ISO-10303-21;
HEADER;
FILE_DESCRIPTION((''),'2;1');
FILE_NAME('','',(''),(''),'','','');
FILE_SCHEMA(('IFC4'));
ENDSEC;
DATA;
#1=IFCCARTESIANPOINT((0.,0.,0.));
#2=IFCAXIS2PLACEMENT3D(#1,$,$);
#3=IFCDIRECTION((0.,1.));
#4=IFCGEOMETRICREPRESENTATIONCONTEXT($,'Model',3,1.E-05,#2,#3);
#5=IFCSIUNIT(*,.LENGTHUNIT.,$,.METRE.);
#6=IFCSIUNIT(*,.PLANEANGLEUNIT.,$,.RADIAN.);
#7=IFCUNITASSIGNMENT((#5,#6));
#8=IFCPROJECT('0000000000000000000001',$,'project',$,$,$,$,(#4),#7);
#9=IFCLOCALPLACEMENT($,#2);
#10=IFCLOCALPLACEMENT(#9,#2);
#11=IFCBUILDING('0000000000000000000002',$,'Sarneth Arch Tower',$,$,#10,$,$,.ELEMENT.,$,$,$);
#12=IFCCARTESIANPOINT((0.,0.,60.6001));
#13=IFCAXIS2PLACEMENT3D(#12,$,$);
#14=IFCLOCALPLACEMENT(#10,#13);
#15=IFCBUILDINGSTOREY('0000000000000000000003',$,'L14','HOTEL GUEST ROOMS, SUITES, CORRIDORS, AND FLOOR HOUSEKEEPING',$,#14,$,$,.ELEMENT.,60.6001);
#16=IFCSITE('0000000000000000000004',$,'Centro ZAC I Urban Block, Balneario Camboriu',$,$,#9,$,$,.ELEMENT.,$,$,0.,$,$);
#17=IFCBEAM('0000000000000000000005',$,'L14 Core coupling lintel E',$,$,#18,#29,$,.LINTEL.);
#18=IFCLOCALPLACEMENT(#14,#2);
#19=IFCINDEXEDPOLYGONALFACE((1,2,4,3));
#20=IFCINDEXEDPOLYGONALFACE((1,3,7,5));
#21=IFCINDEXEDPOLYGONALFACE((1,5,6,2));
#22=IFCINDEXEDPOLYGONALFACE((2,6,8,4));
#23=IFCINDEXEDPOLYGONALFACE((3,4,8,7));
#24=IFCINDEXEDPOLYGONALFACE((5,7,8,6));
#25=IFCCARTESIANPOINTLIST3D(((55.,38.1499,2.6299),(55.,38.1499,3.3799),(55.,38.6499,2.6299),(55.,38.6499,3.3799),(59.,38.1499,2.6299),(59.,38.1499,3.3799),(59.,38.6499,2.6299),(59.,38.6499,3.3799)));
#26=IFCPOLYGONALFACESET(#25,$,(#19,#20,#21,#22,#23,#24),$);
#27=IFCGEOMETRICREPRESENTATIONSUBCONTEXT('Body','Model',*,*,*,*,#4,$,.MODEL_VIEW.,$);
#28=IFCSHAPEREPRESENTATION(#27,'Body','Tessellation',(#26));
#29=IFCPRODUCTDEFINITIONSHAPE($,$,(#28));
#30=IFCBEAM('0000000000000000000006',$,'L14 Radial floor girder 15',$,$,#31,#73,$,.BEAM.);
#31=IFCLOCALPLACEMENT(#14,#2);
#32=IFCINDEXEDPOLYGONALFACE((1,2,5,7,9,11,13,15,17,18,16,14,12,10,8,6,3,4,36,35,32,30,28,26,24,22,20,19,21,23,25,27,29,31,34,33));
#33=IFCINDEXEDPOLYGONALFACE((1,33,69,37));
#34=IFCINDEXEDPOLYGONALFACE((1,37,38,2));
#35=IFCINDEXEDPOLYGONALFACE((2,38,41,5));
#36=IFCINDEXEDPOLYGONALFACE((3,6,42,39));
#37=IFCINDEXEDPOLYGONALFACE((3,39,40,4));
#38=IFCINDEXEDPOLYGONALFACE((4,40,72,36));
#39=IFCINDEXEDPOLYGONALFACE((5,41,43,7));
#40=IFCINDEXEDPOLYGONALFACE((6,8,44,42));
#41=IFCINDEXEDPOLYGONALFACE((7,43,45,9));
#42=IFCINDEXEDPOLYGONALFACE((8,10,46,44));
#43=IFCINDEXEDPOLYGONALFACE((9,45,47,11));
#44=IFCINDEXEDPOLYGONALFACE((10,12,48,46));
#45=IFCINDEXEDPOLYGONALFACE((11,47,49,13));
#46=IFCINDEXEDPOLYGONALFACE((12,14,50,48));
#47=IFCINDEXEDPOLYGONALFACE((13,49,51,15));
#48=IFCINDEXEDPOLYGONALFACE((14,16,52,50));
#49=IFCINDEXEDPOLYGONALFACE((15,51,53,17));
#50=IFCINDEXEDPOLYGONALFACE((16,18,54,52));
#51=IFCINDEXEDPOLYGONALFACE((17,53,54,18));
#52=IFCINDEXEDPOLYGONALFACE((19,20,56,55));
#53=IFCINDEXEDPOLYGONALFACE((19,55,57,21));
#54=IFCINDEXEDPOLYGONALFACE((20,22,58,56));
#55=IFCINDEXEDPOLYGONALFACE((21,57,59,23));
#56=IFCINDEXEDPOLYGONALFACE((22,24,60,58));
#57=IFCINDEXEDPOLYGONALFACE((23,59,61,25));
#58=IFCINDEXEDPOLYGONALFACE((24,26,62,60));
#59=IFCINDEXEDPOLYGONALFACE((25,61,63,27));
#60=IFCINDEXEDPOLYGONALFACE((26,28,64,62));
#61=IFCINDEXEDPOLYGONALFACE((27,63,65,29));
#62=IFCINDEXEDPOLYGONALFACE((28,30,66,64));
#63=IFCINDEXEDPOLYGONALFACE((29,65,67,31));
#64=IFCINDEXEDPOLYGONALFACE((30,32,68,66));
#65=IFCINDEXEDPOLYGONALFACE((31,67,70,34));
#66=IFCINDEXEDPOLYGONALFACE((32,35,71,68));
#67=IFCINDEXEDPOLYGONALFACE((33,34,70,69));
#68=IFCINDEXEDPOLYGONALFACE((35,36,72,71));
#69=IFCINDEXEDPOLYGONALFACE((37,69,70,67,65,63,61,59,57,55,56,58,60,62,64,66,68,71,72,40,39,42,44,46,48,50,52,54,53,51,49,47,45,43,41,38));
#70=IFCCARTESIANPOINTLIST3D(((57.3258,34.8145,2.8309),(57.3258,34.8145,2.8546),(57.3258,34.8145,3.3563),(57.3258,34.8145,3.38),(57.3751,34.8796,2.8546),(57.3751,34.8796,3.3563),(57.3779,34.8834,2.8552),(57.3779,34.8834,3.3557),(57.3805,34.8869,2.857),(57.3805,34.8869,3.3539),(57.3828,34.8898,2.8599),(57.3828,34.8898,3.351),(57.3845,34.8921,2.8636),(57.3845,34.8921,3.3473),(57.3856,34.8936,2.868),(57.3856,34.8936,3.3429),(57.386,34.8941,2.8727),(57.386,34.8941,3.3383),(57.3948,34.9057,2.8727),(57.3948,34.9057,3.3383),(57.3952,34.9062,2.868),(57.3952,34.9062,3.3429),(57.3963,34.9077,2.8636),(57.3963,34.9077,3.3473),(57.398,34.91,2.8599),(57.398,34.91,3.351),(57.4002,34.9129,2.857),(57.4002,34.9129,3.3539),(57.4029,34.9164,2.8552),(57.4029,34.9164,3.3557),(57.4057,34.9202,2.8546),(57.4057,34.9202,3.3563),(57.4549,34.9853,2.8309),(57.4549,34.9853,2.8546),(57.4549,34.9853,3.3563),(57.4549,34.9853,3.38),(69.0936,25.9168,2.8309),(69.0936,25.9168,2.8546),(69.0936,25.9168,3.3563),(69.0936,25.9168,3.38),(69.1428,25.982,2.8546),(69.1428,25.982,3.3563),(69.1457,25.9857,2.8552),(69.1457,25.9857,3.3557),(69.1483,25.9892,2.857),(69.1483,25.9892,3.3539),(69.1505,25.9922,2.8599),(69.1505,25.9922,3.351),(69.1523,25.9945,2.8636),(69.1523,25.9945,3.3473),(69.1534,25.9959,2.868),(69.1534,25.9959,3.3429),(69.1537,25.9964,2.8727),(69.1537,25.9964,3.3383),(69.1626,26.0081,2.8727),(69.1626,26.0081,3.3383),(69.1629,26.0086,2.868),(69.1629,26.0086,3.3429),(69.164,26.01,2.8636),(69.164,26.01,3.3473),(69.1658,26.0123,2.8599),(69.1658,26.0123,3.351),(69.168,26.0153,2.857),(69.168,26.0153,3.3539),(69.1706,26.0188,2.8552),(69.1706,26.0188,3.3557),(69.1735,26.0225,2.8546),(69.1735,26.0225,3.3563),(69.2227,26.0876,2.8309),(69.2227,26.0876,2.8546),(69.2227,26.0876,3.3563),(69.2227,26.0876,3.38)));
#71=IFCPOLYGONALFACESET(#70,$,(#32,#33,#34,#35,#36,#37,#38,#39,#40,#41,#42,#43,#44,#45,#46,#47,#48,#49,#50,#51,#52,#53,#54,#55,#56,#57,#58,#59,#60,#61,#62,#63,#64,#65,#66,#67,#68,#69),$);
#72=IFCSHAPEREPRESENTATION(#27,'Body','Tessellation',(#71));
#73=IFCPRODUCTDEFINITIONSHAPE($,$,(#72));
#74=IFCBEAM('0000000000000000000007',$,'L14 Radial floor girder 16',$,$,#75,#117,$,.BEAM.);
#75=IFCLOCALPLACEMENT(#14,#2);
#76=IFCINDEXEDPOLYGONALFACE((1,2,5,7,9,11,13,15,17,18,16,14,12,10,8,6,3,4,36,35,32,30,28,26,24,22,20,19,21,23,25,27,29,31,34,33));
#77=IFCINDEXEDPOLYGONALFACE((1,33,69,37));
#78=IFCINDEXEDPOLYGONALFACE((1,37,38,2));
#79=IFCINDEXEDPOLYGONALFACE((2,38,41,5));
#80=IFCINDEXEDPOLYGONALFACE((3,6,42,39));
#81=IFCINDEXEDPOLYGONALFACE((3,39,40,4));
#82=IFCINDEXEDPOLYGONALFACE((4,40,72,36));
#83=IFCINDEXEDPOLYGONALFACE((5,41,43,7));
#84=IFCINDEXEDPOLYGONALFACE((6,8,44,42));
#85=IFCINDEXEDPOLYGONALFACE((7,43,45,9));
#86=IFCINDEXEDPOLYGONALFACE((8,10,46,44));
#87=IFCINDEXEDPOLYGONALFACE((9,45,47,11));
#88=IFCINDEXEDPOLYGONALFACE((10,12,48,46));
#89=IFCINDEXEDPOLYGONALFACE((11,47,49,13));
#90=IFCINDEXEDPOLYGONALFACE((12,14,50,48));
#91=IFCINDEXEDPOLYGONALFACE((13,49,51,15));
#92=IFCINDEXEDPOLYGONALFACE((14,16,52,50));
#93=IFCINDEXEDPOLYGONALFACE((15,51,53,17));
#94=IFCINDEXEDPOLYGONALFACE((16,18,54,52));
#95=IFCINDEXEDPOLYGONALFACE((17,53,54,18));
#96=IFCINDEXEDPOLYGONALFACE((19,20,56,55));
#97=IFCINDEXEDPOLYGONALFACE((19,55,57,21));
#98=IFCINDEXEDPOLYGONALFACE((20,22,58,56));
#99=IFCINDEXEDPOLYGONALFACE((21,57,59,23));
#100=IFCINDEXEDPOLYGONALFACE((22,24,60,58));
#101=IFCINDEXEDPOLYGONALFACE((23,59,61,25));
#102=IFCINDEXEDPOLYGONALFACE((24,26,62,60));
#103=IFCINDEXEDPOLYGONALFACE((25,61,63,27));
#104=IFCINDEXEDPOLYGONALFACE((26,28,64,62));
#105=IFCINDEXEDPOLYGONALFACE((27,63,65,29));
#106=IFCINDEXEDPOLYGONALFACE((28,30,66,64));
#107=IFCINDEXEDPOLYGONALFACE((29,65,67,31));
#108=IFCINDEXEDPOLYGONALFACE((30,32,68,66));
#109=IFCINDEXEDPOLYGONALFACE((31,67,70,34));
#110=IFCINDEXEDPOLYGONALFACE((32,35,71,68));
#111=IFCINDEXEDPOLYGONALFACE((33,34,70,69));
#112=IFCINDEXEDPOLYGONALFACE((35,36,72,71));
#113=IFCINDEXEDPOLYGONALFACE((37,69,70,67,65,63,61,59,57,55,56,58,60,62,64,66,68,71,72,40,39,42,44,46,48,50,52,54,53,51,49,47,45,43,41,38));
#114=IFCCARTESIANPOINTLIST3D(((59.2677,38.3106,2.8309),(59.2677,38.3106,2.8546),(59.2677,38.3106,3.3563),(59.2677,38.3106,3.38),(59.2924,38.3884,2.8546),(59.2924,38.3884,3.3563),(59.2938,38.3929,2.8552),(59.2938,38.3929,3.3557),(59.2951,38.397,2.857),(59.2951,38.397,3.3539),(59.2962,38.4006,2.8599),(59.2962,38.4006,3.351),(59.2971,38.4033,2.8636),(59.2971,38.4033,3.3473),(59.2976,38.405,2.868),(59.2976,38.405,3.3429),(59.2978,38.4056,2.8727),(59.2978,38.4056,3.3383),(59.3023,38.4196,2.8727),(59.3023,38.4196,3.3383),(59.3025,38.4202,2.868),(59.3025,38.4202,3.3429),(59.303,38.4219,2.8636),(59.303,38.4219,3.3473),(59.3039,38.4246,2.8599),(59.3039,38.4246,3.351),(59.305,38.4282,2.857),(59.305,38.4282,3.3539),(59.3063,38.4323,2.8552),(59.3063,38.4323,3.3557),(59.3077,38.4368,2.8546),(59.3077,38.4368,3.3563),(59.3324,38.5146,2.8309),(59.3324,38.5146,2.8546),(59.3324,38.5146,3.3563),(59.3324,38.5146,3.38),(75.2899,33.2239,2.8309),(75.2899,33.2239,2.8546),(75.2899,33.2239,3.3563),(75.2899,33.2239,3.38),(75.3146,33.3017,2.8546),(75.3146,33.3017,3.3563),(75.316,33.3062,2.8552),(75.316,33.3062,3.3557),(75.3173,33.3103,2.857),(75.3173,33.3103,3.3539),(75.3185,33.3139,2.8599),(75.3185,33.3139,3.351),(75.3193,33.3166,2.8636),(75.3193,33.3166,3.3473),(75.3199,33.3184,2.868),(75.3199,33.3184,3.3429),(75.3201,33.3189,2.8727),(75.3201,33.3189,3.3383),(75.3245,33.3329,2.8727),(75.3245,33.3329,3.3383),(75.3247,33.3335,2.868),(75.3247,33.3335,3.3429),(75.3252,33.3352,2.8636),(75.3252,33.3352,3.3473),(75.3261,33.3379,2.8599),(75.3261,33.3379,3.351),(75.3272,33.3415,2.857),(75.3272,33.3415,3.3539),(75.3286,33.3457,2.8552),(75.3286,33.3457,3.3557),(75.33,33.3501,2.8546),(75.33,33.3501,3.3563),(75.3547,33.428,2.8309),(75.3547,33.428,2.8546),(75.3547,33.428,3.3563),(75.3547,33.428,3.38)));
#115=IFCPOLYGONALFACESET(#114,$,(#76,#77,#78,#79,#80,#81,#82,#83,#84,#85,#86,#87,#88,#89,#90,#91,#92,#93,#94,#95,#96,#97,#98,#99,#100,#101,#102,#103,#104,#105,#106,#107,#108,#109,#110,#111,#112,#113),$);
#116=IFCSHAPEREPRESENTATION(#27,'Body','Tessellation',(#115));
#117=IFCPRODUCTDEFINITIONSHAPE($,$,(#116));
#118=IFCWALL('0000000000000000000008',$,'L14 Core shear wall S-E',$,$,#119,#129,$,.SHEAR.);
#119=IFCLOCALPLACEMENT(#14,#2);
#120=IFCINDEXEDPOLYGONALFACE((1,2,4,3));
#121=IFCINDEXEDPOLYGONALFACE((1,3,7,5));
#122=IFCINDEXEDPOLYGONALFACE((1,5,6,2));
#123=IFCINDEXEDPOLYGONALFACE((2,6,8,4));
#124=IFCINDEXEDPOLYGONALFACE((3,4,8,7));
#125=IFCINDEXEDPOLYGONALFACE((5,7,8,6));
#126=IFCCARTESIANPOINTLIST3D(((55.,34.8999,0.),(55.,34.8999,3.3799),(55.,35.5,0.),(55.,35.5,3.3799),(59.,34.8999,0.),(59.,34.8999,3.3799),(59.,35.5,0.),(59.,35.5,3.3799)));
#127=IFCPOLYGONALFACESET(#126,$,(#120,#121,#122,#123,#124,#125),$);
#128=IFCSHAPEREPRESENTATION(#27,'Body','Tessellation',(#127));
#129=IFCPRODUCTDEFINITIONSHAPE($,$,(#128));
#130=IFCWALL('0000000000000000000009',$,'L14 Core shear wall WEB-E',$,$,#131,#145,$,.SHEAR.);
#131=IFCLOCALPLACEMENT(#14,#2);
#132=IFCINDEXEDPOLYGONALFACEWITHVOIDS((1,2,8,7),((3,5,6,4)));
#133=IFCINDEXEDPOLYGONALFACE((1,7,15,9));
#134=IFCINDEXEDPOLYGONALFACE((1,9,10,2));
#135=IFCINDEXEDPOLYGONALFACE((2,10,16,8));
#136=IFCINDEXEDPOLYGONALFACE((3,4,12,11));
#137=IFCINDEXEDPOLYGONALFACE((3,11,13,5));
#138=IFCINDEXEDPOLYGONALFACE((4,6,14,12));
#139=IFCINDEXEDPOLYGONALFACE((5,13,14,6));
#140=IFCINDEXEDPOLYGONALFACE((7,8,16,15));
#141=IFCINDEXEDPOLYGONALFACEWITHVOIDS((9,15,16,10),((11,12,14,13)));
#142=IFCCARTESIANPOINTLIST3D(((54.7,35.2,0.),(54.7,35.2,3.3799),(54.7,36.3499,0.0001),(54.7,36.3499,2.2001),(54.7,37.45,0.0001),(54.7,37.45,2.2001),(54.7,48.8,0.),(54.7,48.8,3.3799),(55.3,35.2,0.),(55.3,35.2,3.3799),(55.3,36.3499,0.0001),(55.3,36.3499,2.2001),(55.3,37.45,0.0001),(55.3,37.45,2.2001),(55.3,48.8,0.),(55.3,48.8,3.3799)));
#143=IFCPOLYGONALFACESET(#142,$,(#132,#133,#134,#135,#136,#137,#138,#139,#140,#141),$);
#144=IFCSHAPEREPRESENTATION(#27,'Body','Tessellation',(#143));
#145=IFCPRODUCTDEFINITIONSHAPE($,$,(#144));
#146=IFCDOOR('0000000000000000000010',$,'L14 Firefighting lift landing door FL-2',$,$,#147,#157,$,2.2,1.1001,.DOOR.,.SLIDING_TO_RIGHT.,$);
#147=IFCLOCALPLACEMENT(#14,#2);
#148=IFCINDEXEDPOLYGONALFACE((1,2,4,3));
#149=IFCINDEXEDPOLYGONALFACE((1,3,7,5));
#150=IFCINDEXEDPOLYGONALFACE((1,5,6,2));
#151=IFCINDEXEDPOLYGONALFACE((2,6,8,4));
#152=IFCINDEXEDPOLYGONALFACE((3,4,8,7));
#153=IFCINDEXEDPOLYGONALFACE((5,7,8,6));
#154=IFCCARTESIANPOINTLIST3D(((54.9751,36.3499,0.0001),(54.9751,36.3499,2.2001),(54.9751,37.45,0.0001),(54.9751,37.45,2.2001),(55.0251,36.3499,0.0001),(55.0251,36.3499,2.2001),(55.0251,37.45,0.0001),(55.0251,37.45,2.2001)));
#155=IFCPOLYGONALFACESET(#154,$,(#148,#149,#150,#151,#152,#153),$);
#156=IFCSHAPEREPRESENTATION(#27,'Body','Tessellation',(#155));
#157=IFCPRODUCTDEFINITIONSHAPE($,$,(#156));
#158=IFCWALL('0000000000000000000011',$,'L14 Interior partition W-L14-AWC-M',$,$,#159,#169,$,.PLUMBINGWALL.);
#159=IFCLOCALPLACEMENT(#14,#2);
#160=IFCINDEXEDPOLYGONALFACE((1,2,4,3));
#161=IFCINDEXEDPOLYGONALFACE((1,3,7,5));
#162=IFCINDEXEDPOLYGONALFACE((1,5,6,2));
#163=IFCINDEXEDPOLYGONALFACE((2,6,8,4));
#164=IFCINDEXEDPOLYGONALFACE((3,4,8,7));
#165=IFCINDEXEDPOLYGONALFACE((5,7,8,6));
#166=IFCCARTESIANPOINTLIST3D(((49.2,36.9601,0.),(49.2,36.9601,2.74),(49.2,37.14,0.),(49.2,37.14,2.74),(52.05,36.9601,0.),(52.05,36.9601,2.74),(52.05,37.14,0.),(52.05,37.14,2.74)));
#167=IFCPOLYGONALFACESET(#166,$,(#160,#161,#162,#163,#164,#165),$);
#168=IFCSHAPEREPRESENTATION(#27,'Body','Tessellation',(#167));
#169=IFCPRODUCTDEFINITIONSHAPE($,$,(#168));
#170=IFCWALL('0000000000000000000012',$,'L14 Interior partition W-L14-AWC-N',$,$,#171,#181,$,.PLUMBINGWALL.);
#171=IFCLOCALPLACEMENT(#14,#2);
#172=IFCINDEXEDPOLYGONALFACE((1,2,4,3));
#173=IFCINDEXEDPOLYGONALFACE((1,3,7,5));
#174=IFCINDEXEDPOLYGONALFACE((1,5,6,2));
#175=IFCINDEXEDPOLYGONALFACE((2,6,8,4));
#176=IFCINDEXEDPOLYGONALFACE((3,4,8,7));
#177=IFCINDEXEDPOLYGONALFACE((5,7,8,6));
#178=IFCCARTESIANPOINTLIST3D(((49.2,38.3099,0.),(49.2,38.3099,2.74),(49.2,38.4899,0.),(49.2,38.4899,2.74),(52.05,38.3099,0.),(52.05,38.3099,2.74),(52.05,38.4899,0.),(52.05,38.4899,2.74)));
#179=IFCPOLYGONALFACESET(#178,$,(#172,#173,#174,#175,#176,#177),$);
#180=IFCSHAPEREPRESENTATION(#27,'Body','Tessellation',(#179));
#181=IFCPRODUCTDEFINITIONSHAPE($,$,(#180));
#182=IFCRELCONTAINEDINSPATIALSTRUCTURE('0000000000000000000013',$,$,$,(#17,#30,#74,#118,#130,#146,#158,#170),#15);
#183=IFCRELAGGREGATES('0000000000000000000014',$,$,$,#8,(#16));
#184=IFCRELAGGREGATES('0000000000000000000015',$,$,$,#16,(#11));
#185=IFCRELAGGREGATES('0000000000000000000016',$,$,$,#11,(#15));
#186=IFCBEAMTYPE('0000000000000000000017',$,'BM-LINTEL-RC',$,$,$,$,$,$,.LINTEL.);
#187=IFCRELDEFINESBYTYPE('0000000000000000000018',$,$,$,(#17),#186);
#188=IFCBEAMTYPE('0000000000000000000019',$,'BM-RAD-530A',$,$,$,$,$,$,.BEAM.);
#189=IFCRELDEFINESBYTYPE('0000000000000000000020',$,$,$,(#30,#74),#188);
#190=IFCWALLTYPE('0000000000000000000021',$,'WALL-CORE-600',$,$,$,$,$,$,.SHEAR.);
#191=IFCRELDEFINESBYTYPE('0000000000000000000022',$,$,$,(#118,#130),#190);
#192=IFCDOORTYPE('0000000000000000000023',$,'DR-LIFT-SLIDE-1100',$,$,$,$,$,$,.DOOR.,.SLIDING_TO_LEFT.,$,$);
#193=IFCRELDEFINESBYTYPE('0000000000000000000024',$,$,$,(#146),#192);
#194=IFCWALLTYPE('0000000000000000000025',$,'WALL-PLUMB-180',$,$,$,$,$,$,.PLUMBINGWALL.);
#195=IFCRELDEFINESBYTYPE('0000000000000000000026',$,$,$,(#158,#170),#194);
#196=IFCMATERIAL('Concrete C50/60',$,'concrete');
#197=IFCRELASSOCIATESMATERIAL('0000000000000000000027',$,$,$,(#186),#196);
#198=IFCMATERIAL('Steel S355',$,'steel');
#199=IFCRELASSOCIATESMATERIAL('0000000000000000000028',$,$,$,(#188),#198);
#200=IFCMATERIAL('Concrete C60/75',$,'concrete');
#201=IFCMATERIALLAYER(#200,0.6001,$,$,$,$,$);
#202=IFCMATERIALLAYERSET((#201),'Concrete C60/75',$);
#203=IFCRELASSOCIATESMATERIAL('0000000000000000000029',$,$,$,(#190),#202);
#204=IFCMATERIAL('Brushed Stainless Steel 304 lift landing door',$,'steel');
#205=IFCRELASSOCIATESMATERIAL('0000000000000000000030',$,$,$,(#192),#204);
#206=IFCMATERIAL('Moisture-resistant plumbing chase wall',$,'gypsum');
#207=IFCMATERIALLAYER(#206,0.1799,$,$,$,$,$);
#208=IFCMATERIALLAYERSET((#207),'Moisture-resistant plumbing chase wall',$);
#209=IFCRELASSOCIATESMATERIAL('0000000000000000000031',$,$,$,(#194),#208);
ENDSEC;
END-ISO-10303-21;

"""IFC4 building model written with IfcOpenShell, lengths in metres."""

from ifc_helpers import new_model, si_unit, direction, frame, frame_2d, origin, origin_2d, place, context, subcontext, project, spatial, rectangle, i_section, extrude, material, layer, layer_set, material_profile, profile_set, type_object, element, fill, save


model = new_model("IFC4")

# Units and contexts
model_context = context("Model", 3, precision=1e-05, world=origin(), true_north=direction((0.0, 1.0)))
body_context = subcontext(model_context, "Body", "Model", "MODEL_VIEW")
ifc_project = project(units=[si_unit("LENGTHUNIT", "METRE"), si_unit("PLANEANGLEUNIT", "RADIAN")], contexts=[model_context])

# Site, building, storey
site_placement = place(None, origin())
site = spatial("IfcSite", under=ifc_project, at=site_placement, Name="Centro ZAC I Urban Block, Balneario Camboriu", CompositionType="ELEMENT", RefElevation=0.0)
building_placement = place(site_placement, origin())
building = spatial("IfcBuilding", under=site, at=building_placement, Name="Sarneth Arch Tower", CompositionType="ELEMENT")
storey_placement = place(building_placement, frame((0.0, 0.0, 60.6001)))
storey = spatial("IfcBuildingStorey", under=building, at=storey_placement, Name="L14", Description="HOTEL GUEST ROOMS, SUITES, CORRIDORS, AND FLOOR HOUSEKEEPING", CompositionType="ELEMENT", Elevation=60.6001)

# Beams
ifc_material_1 = material(Name="Concrete C50/60", Category="concrete")
ifc_material_profile_1 = material_profile(ifc_material_1, rectangle(XDim=0.5, YDim=0.75, at=origin_2d()), Name="RC-500x750")
ifc_profile_set_1 = profile_set([ifc_material_profile_1], Name="Concrete C50/60")
beam_type_1 = type_object("IfcBeamType", Name="BM-LINTEL-RC", PredefinedType="LINTEL", material=ifc_profile_set_1)
beam_1_placement = place(storey_placement, frame((55.0, 38.3999, 3.0049), z_axis=(1.0, 0.0, 0.0), x_axis=(0.0, 1.0, 0.0)))
element("IfcBeam", 1, at=beam_1_placement, inside=storey, type_object=beam_type_1, Name="L14 Core coupling lintel E", PredefinedType="LINTEL", context=body_context, shape_type="SweptSolid", body=[
    extrude(rectangle(XDim=0.5, YDim=0.75, at=origin_2d()), origin(), (0.0, 0.0, 1.0), 4.0),
])
ifc_material_2 = material(Name="Steel S355", Category="steel")
ifc_material_profile_2 = material_profile(ifc_material_2, i_section(OverallWidth=0.2141, OverallDepth=0.5491, WebThickness=0.0146, FlangeThickness=0.0237, FilletRadius=0.0181, at=origin_2d()), Name="W530x138")
ifc_profile_set_2 = profile_set([ifc_material_profile_2], Name="Steel S355")
beam_type_2 = type_object("IfcBeamType", Name="BM-RAD-530A", PredefinedType="BEAM", material=ifc_profile_set_2)
beam_2_placement = place(storey_placement, frame((57.3904, 34.8999, 3.1055), z_axis=(0.797657, -0.603112, 0.0), x_axis=(0.603112, 0.797657, 0.0)))
element("IfcBeam", 2, at=beam_2_placement, inside=storey, type_object=beam_type_2, Name="L14 Radial floor girder 15", PredefinedType="BEAM", context=body_context, shape_type="SweptSolid", body=[
    extrude(i_section(OverallWidth=0.2141, OverallDepth=0.5491, WebThickness=0.0146, FlangeThickness=0.0237, FilletRadius=0.0181, at=origin_2d()), origin(), (0.0, 0.0, 1.0), 14.7529),
])
beam_3_placement = place(storey_placement, frame((59.3, 38.4126, 3.1055), z_axis=(0.95312, -0.302593, 0.0), x_axis=(0.302593, 0.95312, 0.0)))
element("IfcBeam", 3, at=beam_3_placement, inside=storey, type_object=beam_type_2, Name="L14 Radial floor girder 16", PredefinedType="BEAM", context=body_context, shape_type="SweptSolid", body=[
    extrude(i_section(OverallWidth=0.2141, OverallDepth=0.5491, WebThickness=0.0146, FlangeThickness=0.0237, FilletRadius=0.0181, at=origin_2d()), origin(), (0.0, 0.0, 1.0), 16.8103),
])

# Wall
ifc_material_3 = material(Name="Concrete C60/75", Category="concrete")
ifc_layer_1 = layer(ifc_material_3, 0.6001)
ifc_layer_set_1 = layer_set([ifc_layer_1], Name="Concrete C60/75")
wall_type_1 = type_object("IfcWallType", Name="WALL-CORE-600", PredefinedType="SHEAR", material=ifc_layer_set_1)
wall_1_placement = place(storey_placement, frame((55.0, 35.2, 0.0), z_axis=(0.0, 0.0, 1.0), x_axis=(1.0, 0.0, 0.0)))
element("IfcWall", 4, at=wall_1_placement, inside=storey, type_object=wall_type_1, Name="L14 Core shear wall S-E", PredefinedType="SHEAR", context=body_context, shape_type="SweptSolid", body=[
    extrude(rectangle(XDim=4.0, YDim=0.6001, at=frame_2d((2.0, 0.0))), origin(), (0.0, 0.0, 1.0), 3.3799),
])

# Wall, opening, door
wall_2_placement = place(storey_placement, frame((55.0, 35.2, 0.0), z_axis=(0.0, 0.0, 1.0), x_axis=(0.0, 1.0, 0.0)))
wall_2 = element("IfcWall", 5, at=wall_2_placement, inside=storey, type_object=wall_type_1, Name="L14 Core shear wall WEB-E", PredefinedType="SHEAR", context=body_context, shape_type="SweptSolid", body=[
    extrude(rectangle(XDim=13.6001, YDim=0.6001, at=frame_2d((6.8, 0.0))), origin(), (0.0, 0.0, 1.0), 3.3799),
])
opening_1_placement = place(wall_2_placement, frame((1.1499, 0.0, 0.0)))
opening_1 = element("IfcOpeningElement", 6, at=opening_1_placement, cuts=wall_2, PredefinedType="OPENING", context=body_context, shape_type="SweptSolid", body=[
    extrude(rectangle(XDim=1.1001, YDim=2.2, at=frame_2d((0.55, 1.1001))), frame((0.0, 0.3101, 0.0), z_axis=(0.0, -1.0, 0.0), x_axis=(1.0, 0.0, 0.0)), (0.0, 0.0, 1.0), 0.6201),
])
ifc_material_4 = material(Name="Brushed Stainless Steel 304 lift landing door", Category="steel")
door_type_1 = type_object("IfcDoorType", Name="DR-LIFT-SLIDE-1100", OperationType="SLIDING_TO_LEFT", PredefinedType="DOOR", material=ifc_material_4)
door_1_placement = place(opening_1_placement, origin())
door_1 = element("IfcDoor", 7, at=door_1_placement, inside=storey, type_object=door_type_1, Name="L14 Firefighting lift landing door FL-2", OperationType="SLIDING_TO_RIGHT", OverallHeight=2.2, OverallWidth=1.1001, PredefinedType="DOOR", context=body_context, shape_type="SweptSolid", body=[
    extrude(rectangle(XDim=1.1001, YDim=2.2, at=frame_2d((0.55, 1.1001))), frame((0.0, 0.0249, 0.0), z_axis=(0.0, -1.0, 0.0), x_axis=(1.0, 0.0, 0.0)), (0.0, 0.0, 1.0), 0.05),
])
fill(opening_1, door_1)

# Walls
ifc_material_5 = material(Name="Moisture-resistant plumbing chase wall", Category="gypsum")
ifc_layer_2 = layer(ifc_material_5, 0.1799)
ifc_layer_set_2 = layer_set([ifc_layer_2], Name="Moisture-resistant plumbing chase wall")
wall_type_2 = type_object("IfcWallType", Name="WALL-PLUMB-180", PredefinedType="PLUMBINGWALL", material=ifc_layer_set_2)
for number, where, z_axis, x_axis, name in (
    (8, (49.2, 37.05, 0.0), (0.0, 0.0, 1.0), (1.0, 0.0, 0.0), "L14 Interior partition W-L14-AWC-M"),
    (9, (49.2, 38.3999, 0.0), (0.0, 0.0, 1.0), (1.0, 0.0, 0.0), "L14 Interior partition W-L14-AWC-N"),
):
    element("IfcWall", number, at=place(storey_placement, frame(where, z_axis=z_axis, x_axis=x_axis)), inside=storey, type_object=wall_type_2, Name=name, PredefinedType="PLUMBINGWALL", context=body_context, shape_type="SweptSolid", body=[
        extrude(rectangle(XDim=2.8501, YDim=0.1799, at=frame_2d((1.425, 0.0))), origin(), (0.0, 0.0, 1.0), 2.74),
    ])

save(model, "model.ifc")
